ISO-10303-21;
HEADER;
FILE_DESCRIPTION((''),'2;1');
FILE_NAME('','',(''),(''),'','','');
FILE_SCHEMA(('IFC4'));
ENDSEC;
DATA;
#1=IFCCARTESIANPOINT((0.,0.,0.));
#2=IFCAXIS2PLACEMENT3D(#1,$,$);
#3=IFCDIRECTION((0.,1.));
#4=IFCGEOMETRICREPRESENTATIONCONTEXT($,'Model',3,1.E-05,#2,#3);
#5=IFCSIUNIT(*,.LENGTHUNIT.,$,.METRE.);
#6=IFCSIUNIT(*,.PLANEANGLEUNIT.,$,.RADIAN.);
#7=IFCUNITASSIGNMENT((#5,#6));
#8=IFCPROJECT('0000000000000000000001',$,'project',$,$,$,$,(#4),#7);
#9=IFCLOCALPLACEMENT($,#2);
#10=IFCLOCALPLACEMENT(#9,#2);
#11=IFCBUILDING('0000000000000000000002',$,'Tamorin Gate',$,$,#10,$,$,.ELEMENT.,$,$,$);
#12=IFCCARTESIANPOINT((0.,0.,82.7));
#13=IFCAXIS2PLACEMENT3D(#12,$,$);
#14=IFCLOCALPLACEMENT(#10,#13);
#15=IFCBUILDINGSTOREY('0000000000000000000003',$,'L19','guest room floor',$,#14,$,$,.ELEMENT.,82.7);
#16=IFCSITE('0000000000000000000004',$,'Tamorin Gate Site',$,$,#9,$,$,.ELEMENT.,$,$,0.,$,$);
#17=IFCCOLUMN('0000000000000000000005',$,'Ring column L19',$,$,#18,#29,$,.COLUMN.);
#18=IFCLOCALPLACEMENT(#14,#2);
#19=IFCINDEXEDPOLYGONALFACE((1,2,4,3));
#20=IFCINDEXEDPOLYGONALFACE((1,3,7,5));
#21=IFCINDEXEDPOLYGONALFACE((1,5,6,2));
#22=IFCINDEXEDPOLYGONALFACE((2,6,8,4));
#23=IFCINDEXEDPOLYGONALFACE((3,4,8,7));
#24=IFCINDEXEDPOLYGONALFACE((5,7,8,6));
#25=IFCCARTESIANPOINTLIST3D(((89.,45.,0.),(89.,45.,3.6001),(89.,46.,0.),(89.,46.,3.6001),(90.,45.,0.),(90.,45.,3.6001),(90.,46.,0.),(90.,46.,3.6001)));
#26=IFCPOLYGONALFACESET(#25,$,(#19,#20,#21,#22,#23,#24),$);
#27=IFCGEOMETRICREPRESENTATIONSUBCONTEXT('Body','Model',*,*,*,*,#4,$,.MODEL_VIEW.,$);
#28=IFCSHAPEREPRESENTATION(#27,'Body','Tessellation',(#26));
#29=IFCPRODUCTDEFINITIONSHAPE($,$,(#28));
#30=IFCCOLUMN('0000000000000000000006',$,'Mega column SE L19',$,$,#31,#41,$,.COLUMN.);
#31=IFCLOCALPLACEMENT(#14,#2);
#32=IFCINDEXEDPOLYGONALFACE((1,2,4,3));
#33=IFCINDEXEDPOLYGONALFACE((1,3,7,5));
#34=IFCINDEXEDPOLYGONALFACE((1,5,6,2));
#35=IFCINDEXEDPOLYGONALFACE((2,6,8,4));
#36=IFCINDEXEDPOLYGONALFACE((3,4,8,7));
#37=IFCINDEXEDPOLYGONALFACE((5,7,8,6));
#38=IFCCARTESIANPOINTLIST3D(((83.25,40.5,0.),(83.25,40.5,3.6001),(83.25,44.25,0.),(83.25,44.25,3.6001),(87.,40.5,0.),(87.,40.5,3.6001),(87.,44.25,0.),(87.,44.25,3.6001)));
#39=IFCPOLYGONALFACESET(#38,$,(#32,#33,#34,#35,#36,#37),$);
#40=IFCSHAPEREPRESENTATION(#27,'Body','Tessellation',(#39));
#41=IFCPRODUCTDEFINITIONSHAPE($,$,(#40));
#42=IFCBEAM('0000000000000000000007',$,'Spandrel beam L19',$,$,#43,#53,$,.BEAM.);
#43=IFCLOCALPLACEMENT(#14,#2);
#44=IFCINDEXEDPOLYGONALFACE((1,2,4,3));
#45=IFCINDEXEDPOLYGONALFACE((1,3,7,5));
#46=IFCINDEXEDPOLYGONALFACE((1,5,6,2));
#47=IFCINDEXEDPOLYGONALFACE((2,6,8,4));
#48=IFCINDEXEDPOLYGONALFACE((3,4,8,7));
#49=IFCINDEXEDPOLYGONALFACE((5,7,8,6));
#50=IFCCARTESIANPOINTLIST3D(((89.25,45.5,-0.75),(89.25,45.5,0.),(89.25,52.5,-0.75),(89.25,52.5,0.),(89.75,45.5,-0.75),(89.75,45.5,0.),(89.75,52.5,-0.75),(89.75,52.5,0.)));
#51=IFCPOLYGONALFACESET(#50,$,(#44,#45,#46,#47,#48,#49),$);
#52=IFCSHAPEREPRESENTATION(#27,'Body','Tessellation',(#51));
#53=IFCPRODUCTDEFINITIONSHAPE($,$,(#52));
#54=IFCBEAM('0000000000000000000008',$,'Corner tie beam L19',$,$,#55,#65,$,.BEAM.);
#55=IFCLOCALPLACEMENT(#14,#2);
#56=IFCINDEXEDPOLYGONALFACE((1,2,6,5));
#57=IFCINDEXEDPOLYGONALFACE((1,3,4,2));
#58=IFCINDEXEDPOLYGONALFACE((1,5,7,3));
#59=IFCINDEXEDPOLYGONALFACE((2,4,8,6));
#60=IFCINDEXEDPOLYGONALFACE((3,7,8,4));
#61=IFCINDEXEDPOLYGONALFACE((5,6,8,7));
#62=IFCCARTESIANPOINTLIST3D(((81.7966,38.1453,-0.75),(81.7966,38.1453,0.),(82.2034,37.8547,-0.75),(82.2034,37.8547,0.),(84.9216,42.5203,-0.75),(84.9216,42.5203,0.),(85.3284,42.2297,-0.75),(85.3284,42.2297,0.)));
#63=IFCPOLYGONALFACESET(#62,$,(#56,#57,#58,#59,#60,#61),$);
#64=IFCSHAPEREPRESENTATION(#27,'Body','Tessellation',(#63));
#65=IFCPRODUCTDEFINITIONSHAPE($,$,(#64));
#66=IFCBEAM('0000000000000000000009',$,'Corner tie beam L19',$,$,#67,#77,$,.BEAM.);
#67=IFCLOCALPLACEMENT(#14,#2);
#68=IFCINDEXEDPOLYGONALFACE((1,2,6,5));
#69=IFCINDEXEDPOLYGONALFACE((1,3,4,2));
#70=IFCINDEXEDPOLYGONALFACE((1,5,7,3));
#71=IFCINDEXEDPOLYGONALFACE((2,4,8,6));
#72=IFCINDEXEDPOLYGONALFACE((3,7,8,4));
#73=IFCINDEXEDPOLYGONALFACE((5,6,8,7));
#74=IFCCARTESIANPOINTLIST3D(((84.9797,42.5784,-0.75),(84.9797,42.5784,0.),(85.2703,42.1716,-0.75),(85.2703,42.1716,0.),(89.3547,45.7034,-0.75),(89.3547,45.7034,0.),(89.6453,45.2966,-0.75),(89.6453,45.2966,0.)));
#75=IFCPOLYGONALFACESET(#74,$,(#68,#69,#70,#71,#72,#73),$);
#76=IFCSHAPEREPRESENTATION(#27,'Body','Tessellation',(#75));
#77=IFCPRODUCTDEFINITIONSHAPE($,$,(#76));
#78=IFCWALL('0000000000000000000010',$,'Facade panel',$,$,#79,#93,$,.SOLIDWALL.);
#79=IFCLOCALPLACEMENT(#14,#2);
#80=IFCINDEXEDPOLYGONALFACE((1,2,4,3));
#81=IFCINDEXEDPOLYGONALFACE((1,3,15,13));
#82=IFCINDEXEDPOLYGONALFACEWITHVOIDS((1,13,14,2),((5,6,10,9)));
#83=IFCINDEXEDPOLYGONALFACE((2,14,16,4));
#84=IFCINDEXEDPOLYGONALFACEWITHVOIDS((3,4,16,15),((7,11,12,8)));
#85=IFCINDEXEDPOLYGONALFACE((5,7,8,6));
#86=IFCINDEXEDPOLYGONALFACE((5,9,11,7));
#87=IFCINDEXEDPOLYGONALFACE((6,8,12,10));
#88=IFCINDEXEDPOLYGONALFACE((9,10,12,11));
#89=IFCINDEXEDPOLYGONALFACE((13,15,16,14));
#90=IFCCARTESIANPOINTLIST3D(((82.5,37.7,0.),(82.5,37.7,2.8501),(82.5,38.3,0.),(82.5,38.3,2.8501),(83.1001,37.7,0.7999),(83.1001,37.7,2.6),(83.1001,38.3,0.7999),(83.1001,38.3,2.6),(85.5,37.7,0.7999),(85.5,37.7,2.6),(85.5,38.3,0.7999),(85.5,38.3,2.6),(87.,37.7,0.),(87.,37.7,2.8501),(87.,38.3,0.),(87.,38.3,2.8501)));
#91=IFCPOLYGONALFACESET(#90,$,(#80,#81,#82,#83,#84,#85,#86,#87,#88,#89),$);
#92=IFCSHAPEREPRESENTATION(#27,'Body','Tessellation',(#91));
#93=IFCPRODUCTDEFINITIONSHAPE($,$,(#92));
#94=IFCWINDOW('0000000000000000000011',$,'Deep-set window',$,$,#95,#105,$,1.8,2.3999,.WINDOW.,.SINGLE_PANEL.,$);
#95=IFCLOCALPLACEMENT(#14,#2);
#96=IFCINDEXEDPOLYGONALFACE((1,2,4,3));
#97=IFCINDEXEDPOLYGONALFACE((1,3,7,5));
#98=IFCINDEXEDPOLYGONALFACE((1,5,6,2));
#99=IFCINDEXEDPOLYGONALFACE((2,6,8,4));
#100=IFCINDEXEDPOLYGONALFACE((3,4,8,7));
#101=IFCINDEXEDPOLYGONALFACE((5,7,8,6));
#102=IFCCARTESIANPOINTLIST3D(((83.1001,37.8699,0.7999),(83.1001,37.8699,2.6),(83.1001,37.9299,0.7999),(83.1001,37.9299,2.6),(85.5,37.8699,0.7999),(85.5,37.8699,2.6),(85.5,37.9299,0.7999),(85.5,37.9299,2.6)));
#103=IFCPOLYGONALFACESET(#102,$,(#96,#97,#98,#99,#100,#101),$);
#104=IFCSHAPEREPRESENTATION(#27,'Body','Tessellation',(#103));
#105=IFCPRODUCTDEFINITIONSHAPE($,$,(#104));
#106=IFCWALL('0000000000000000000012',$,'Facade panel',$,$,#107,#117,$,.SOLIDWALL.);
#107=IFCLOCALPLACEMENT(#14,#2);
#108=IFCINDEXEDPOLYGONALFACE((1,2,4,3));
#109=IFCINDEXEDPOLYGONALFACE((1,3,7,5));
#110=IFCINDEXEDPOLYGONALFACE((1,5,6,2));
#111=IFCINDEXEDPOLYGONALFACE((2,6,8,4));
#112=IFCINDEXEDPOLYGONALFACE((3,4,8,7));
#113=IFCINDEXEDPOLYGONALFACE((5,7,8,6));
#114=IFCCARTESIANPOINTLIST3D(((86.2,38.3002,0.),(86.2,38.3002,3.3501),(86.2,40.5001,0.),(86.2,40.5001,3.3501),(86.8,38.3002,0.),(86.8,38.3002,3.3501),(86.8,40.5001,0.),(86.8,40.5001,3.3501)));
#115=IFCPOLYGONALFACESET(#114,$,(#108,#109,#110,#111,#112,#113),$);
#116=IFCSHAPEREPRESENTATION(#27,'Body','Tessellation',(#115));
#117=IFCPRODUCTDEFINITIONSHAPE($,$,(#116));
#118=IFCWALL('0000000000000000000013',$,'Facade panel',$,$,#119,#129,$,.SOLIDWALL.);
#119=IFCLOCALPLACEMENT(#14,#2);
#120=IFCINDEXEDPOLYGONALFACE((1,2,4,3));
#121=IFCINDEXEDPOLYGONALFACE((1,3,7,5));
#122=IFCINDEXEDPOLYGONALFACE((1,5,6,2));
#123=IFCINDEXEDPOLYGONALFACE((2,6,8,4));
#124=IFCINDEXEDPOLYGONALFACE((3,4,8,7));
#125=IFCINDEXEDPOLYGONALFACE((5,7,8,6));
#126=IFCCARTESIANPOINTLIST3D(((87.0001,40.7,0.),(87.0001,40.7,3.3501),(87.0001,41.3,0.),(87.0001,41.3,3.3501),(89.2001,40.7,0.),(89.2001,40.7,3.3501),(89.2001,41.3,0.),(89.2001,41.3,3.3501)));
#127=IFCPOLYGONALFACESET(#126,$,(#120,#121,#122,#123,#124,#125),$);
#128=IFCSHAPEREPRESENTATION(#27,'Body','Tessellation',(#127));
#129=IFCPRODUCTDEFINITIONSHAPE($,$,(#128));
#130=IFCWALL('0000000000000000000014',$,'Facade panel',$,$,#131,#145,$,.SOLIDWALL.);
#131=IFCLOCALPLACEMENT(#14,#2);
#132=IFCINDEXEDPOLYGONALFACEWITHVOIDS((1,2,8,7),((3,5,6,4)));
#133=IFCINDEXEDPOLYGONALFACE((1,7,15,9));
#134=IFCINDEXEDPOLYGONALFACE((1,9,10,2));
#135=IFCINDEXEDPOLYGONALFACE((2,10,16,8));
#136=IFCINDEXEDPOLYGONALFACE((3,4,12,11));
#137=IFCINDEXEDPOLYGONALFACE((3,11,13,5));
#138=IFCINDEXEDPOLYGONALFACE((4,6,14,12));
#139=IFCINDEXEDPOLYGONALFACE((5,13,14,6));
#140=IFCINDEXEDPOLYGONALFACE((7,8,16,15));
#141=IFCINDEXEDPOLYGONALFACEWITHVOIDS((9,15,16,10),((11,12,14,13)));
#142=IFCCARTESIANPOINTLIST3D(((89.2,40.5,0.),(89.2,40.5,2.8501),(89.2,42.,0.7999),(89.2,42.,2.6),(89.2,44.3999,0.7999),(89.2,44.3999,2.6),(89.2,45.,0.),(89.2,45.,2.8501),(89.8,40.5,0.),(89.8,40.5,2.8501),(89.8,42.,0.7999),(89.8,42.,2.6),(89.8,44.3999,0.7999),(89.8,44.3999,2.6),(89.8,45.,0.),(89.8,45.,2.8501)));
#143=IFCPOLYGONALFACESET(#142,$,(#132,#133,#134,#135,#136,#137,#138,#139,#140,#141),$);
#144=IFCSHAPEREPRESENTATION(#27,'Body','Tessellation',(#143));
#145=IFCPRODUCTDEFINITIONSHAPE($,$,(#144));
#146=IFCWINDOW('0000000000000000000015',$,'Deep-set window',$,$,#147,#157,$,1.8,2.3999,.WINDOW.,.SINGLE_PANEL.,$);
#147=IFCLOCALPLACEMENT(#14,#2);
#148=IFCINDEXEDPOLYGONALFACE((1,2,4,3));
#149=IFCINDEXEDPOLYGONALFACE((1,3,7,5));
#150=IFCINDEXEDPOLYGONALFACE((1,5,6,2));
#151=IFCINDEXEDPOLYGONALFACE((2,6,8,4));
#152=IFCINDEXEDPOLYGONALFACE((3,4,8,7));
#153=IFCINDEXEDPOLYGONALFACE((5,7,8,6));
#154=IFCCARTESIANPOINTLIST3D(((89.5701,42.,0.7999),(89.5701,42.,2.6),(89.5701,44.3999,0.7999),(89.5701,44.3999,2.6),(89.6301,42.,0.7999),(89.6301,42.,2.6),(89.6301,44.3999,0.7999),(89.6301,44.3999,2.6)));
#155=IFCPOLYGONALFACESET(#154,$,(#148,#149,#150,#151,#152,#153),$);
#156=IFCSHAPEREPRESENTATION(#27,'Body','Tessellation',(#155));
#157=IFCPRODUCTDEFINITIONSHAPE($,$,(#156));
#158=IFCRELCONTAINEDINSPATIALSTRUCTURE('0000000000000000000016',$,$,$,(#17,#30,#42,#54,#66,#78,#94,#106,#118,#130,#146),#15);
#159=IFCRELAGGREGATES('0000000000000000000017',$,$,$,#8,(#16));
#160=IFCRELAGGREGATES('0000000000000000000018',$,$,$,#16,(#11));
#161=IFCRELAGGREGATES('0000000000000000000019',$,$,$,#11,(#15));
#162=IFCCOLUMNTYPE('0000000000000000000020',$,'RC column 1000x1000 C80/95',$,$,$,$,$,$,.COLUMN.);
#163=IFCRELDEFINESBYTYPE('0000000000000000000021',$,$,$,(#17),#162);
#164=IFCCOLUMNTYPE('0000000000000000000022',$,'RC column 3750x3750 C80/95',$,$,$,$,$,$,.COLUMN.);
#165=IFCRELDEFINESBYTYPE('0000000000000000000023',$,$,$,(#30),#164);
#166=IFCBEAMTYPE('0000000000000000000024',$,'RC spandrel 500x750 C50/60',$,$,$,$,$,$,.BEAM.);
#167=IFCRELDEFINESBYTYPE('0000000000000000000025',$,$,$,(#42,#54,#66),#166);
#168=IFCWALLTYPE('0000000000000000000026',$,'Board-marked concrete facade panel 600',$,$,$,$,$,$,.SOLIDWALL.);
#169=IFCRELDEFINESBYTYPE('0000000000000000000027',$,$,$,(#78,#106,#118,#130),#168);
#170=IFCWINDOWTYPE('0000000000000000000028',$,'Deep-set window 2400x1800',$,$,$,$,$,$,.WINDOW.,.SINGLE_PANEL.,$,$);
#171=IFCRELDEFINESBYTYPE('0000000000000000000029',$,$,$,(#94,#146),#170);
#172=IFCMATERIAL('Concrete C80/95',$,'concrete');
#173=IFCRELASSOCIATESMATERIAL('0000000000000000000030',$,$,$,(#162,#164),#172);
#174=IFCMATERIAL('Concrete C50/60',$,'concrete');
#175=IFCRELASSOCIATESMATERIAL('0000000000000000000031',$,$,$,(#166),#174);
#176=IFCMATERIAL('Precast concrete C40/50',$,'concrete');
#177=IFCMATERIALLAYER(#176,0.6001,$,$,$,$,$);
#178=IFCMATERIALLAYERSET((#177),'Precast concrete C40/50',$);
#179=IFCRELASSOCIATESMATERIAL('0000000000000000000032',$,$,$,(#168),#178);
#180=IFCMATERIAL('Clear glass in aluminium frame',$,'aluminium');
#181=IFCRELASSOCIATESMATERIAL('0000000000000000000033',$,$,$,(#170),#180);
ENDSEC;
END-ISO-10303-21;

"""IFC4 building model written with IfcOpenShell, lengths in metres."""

from ifc_helpers import new_model, si_unit, direction, frame, frame_2d, origin, origin_2d, place, context, subcontext, project, spatial, rectangle, extrude, material, layer, layer_set, material_profile, profile_set, type_object, element, fill, save


model = new_model("IFC4")

# Units and contexts
model_context = context("Model", 3, precision=1e-05, world=origin(), true_north=direction((0.0, 1.0)))
body_context = subcontext(model_context, "Body", "Model", "MODEL_VIEW")
ifc_project = project(units=[si_unit("LENGTHUNIT", "METRE"), si_unit("PLANEANGLEUNIT", "RADIAN")], contexts=[model_context])

# Site, building, storey
site_placement = place(None, origin())
site = spatial("IfcSite", under=ifc_project, at=site_placement, Name="Tamorin Gate Site", CompositionType="ELEMENT", RefElevation=0.0)
building_placement = place(site_placement, origin())
building = spatial("IfcBuilding", under=site, at=building_placement, Name="Tamorin Gate", CompositionType="ELEMENT")
storey_placement = place(building_placement, frame((0.0, 0.0, 82.7)))
storey = spatial("IfcBuildingStorey", under=building, at=storey_placement, Name="L19", Description="guest room floor", CompositionType="ELEMENT", Elevation=82.7)

# Columns
ifc_material_1 = material(Name="Concrete C80/95", Category="concrete")
ifc_material_profile_1 = material_profile(ifc_material_1, rectangle(XDim=1.0, YDim=1.0, at=origin_2d()), Name="RC 1000x1000")
ifc_profile_set_1 = profile_set([ifc_material_profile_1], Name="Concrete C80/95")
column_type_1 = type_object("IfcColumnType", Name="RC column 1000x1000 C80/95", PredefinedType="COLUMN", material=ifc_profile_set_1)
column_1_placement = place(storey_placement, frame((89.5, 45.5, 0.0), z_axis=(0.0, 0.0, 1.0), x_axis=(1.0, 0.0, 0.0)))
element("IfcColumn", 1, at=column_1_placement, inside=storey, type_object=column_type_1, Name="Ring column L19", PredefinedType="COLUMN", context=body_context, shape_type="SweptSolid", body=[
    extrude(rectangle(XDim=1.0, YDim=1.0, at=origin_2d()), origin(), (0.0, 0.0, 1.0), 3.6001),
])
ifc_material_profile_2 = material_profile(ifc_material_1, rectangle(XDim=3.75, YDim=3.75, at=origin_2d()), Name="RC 3750x3750")
ifc_profile_set_2 = profile_set([ifc_material_profile_2], Name="Concrete C80/95")
column_type_2 = type_object("IfcColumnType", Name="RC column 3750x3750 C80/95", PredefinedType="COLUMN", material=ifc_profile_set_2)
column_2_placement = place(storey_placement, frame((85.125, 42.375, 0.0), z_axis=(0.0, 0.0, 1.0), x_axis=(1.0, 0.0, 0.0)))
element("IfcColumn", 2, at=column_2_placement, inside=storey, type_object=column_type_2, Name="Mega column SE L19", PredefinedType="COLUMN", context=body_context, shape_type="SweptSolid", body=[
    extrude(rectangle(XDim=3.75, YDim=3.75, at=origin_2d()), origin(), (0.0, 0.0, 1.0), 3.6001),
])

# Beams
ifc_material_2 = material(Name="Concrete C50/60", Category="concrete")
ifc_material_profile_3 = material_profile(ifc_material_2, rectangle(XDim=0.5, YDim=0.75, at=origin_2d()), Name="RC 500x750")
ifc_profile_set_3 = profile_set([ifc_material_profile_3], Name="Concrete C50/60")
beam_type = type_object("IfcBeamType", Name="RC spandrel 500x750 C50/60", PredefinedType="BEAM", material=ifc_profile_set_3)
beam_placement = place(storey_placement, frame((89.5, 45.5, -0.375), z_axis=(0.0, 1.0, 0.0), x_axis=(-1.0, 0.0, 0.0)))
element("IfcBeam", 3, at=beam_placement, inside=storey, type_object=beam_type, Name="Spandrel beam L19", PredefinedType="BEAM", context=body_context, shape_type="SweptSolid", body=[
    extrude(rectangle(XDim=0.5, YDim=0.75, at=origin_2d()), origin(), (0.0, 0.0, 1.0), 7.0),
])
for number, where, z_axis, x_axis, name in (
    (4, (85.125, 42.375, -0.375), (-0.581238, -0.813733, 0.0), (0.813733, -0.581238, 0.0), "Corner tie beam L19"),
    (5, (85.125, 42.375, -0.375), (0.813733, 0.581238, 0.0), (-0.581238, 0.813733, 0.0), "Corner tie beam L19"),
):
    element("IfcBeam", number, at=place(storey_placement, frame(where, z_axis=z_axis, x_axis=x_axis)), inside=storey, type_object=beam_type, Name=name, PredefinedType="BEAM", context=body_context, shape_type="SweptSolid", body=[
        extrude(rectangle(XDim=0.5, YDim=0.75, at=origin_2d()), origin(), (0.0, 0.0, 1.0), 5.3765),
    ])

# Wall, opening, window
ifc_material_3 = material(Name="Precast concrete C40/50", Category="concrete")
ifc_layer_1 = layer(ifc_material_3, 0.6001)
ifc_layer_set_1 = layer_set([ifc_layer_1], Name="Precast concrete C40/50")
wall_type_1 = type_object("IfcWallType", Name="Board-marked concrete facade panel 600", PredefinedType="SOLIDWALL", material=ifc_layer_set_1)
wall_1_placement = place(storey_placement, frame((82.5, 38.0, 0.0), z_axis=(0.0, 0.0, 1.0), x_axis=(1.0, 0.0, 0.0)))
wall_1 = element("IfcWall", 6, at=wall_1_placement, inside=storey, type_object=wall_type_1, Name="Facade panel", PredefinedType="SOLIDWALL", context=body_context, shape_type="SweptSolid", body=[
    extrude(rectangle(XDim=4.5, YDim=0.6001, at=frame_2d((2.25, 0.0))), origin(), (0.0, 0.0, 1.0), 2.8501),
])
opening_1_placement = place(wall_1_placement, frame((0.6001, 0.0, 0.8)))
opening_1 = element("IfcOpeningElement", 7, at=opening_1_placement, cuts=wall_1, PredefinedType="OPENING", context=body_context, shape_type="SweptSolid", body=[
    extrude(rectangle(XDim=2.3999, YDim=1.8, at=frame_2d((1.2, 0.8999))), frame((0.0, 0.3101, 0.0), z_axis=(0.0, -1.0, 0.0), x_axis=(1.0, 0.0, 0.0)), (0.0, 0.0, 1.0), 0.6201),
])
ifc_material_4 = material(Name="Clear glass in aluminium frame", Category="aluminium")
window_type = type_object("IfcWindowType", Name="Deep-set window 2400x1800", PartitioningType="SINGLE_PANEL", PredefinedType="WINDOW", material=ifc_material_4)
window_1_placement = place(opening_1_placement, origin())
window_1 = element("IfcWindow", 8, at=window_1_placement, inside=storey, type_object=window_type, Name="Deep-set window", OverallHeight=1.8, OverallWidth=2.3999, PartitioningType="SINGLE_PANEL", PredefinedType="WINDOW", context=body_context, shape_type="SweptSolid", body=[
    extrude(rectangle(XDim=2.3999, YDim=1.8, at=frame_2d((1.2, 0.8999))), frame((0.0, -0.0701, 0.0), z_axis=(0.0, -1.0, 0.0), x_axis=(1.0, 0.0, 0.0)), (0.0, 0.0, 1.0), 0.0601),
])
fill(opening_1, window_1)

# Walls
for number, where, z_axis, x_axis, name in (
    (9, (86.5, 38.3, 0.0), (0.0, 0.0, 1.0), (0.0, 1.0, 0.0), "Facade panel"),
    (10, (87.0, 41.0, 0.0), (0.0, 0.0, 1.0), (1.0, 0.0, 0.0), "Facade panel"),
):
    element("IfcWall", number, at=place(storey_placement, frame(where, z_axis=z_axis, x_axis=x_axis)), inside=storey, type_object=wall_type_1, Name=name, PredefinedType="SOLIDWALL", context=body_context, shape_type="SweptSolid", body=[
        extrude(rectangle(XDim=2.2, YDim=0.6001, at=frame_2d((1.1001, 0.0))), origin(), (0.0, 0.0, 1.0), 3.3501),
    ])

# Wall, opening, window
wall_2_placement = place(storey_placement, frame((89.5, 40.5, 0.0), z_axis=(0.0, 0.0, 1.0), x_axis=(0.0, 1.0, 0.0)))
wall_2 = element("IfcWall", 11, at=wall_2_placement, inside=storey, type_object=wall_type_1, Name="Facade panel", PredefinedType="SOLIDWALL", context=body_context, shape_type="SweptSolid", body=[
    extrude(rectangle(XDim=4.5, YDim=0.6001, at=frame_2d((2.25, 0.0))), origin(), (0.0, 0.0, 1.0), 2.8501),
])
opening_2_placement = place(wall_2_placement, frame((1.5, 0.0, 0.8)))
opening_2 = element("IfcOpeningElement", 12, at=opening_2_placement, cuts=wall_2, PredefinedType="OPENING", context=body_context, shape_type="SweptSolid", body=[
    extrude(rectangle(XDim=2.3999, YDim=1.8, at=frame_2d((1.2, 0.8999))), frame((0.0, 0.3101, 0.0), z_axis=(0.0, -1.0, 0.0), x_axis=(1.0, 0.0, 0.0)), (0.0, 0.0, 1.0), 0.6201),
])
window_2_placement = place(opening_2_placement, origin())
window_2 = element("IfcWindow", 13, at=window_2_placement, inside=storey, type_object=window_type, Name="Deep-set window", OverallHeight=1.8, OverallWidth=2.3999, PartitioningType="SINGLE_PANEL", PredefinedType="WINDOW", context=body_context, shape_type="SweptSolid", body=[
    extrude(rectangle(XDim=2.3999, YDim=1.8, at=frame_2d((1.2, 0.8999))), frame((0.0, -0.0701, 0.0), z_axis=(0.0, -1.0, 0.0), x_axis=(1.0, 0.0, 0.0)), (0.0, 0.0, 1.0), 0.0601),
])
fill(opening_2, window_2)

save(model, "model.ifc")
